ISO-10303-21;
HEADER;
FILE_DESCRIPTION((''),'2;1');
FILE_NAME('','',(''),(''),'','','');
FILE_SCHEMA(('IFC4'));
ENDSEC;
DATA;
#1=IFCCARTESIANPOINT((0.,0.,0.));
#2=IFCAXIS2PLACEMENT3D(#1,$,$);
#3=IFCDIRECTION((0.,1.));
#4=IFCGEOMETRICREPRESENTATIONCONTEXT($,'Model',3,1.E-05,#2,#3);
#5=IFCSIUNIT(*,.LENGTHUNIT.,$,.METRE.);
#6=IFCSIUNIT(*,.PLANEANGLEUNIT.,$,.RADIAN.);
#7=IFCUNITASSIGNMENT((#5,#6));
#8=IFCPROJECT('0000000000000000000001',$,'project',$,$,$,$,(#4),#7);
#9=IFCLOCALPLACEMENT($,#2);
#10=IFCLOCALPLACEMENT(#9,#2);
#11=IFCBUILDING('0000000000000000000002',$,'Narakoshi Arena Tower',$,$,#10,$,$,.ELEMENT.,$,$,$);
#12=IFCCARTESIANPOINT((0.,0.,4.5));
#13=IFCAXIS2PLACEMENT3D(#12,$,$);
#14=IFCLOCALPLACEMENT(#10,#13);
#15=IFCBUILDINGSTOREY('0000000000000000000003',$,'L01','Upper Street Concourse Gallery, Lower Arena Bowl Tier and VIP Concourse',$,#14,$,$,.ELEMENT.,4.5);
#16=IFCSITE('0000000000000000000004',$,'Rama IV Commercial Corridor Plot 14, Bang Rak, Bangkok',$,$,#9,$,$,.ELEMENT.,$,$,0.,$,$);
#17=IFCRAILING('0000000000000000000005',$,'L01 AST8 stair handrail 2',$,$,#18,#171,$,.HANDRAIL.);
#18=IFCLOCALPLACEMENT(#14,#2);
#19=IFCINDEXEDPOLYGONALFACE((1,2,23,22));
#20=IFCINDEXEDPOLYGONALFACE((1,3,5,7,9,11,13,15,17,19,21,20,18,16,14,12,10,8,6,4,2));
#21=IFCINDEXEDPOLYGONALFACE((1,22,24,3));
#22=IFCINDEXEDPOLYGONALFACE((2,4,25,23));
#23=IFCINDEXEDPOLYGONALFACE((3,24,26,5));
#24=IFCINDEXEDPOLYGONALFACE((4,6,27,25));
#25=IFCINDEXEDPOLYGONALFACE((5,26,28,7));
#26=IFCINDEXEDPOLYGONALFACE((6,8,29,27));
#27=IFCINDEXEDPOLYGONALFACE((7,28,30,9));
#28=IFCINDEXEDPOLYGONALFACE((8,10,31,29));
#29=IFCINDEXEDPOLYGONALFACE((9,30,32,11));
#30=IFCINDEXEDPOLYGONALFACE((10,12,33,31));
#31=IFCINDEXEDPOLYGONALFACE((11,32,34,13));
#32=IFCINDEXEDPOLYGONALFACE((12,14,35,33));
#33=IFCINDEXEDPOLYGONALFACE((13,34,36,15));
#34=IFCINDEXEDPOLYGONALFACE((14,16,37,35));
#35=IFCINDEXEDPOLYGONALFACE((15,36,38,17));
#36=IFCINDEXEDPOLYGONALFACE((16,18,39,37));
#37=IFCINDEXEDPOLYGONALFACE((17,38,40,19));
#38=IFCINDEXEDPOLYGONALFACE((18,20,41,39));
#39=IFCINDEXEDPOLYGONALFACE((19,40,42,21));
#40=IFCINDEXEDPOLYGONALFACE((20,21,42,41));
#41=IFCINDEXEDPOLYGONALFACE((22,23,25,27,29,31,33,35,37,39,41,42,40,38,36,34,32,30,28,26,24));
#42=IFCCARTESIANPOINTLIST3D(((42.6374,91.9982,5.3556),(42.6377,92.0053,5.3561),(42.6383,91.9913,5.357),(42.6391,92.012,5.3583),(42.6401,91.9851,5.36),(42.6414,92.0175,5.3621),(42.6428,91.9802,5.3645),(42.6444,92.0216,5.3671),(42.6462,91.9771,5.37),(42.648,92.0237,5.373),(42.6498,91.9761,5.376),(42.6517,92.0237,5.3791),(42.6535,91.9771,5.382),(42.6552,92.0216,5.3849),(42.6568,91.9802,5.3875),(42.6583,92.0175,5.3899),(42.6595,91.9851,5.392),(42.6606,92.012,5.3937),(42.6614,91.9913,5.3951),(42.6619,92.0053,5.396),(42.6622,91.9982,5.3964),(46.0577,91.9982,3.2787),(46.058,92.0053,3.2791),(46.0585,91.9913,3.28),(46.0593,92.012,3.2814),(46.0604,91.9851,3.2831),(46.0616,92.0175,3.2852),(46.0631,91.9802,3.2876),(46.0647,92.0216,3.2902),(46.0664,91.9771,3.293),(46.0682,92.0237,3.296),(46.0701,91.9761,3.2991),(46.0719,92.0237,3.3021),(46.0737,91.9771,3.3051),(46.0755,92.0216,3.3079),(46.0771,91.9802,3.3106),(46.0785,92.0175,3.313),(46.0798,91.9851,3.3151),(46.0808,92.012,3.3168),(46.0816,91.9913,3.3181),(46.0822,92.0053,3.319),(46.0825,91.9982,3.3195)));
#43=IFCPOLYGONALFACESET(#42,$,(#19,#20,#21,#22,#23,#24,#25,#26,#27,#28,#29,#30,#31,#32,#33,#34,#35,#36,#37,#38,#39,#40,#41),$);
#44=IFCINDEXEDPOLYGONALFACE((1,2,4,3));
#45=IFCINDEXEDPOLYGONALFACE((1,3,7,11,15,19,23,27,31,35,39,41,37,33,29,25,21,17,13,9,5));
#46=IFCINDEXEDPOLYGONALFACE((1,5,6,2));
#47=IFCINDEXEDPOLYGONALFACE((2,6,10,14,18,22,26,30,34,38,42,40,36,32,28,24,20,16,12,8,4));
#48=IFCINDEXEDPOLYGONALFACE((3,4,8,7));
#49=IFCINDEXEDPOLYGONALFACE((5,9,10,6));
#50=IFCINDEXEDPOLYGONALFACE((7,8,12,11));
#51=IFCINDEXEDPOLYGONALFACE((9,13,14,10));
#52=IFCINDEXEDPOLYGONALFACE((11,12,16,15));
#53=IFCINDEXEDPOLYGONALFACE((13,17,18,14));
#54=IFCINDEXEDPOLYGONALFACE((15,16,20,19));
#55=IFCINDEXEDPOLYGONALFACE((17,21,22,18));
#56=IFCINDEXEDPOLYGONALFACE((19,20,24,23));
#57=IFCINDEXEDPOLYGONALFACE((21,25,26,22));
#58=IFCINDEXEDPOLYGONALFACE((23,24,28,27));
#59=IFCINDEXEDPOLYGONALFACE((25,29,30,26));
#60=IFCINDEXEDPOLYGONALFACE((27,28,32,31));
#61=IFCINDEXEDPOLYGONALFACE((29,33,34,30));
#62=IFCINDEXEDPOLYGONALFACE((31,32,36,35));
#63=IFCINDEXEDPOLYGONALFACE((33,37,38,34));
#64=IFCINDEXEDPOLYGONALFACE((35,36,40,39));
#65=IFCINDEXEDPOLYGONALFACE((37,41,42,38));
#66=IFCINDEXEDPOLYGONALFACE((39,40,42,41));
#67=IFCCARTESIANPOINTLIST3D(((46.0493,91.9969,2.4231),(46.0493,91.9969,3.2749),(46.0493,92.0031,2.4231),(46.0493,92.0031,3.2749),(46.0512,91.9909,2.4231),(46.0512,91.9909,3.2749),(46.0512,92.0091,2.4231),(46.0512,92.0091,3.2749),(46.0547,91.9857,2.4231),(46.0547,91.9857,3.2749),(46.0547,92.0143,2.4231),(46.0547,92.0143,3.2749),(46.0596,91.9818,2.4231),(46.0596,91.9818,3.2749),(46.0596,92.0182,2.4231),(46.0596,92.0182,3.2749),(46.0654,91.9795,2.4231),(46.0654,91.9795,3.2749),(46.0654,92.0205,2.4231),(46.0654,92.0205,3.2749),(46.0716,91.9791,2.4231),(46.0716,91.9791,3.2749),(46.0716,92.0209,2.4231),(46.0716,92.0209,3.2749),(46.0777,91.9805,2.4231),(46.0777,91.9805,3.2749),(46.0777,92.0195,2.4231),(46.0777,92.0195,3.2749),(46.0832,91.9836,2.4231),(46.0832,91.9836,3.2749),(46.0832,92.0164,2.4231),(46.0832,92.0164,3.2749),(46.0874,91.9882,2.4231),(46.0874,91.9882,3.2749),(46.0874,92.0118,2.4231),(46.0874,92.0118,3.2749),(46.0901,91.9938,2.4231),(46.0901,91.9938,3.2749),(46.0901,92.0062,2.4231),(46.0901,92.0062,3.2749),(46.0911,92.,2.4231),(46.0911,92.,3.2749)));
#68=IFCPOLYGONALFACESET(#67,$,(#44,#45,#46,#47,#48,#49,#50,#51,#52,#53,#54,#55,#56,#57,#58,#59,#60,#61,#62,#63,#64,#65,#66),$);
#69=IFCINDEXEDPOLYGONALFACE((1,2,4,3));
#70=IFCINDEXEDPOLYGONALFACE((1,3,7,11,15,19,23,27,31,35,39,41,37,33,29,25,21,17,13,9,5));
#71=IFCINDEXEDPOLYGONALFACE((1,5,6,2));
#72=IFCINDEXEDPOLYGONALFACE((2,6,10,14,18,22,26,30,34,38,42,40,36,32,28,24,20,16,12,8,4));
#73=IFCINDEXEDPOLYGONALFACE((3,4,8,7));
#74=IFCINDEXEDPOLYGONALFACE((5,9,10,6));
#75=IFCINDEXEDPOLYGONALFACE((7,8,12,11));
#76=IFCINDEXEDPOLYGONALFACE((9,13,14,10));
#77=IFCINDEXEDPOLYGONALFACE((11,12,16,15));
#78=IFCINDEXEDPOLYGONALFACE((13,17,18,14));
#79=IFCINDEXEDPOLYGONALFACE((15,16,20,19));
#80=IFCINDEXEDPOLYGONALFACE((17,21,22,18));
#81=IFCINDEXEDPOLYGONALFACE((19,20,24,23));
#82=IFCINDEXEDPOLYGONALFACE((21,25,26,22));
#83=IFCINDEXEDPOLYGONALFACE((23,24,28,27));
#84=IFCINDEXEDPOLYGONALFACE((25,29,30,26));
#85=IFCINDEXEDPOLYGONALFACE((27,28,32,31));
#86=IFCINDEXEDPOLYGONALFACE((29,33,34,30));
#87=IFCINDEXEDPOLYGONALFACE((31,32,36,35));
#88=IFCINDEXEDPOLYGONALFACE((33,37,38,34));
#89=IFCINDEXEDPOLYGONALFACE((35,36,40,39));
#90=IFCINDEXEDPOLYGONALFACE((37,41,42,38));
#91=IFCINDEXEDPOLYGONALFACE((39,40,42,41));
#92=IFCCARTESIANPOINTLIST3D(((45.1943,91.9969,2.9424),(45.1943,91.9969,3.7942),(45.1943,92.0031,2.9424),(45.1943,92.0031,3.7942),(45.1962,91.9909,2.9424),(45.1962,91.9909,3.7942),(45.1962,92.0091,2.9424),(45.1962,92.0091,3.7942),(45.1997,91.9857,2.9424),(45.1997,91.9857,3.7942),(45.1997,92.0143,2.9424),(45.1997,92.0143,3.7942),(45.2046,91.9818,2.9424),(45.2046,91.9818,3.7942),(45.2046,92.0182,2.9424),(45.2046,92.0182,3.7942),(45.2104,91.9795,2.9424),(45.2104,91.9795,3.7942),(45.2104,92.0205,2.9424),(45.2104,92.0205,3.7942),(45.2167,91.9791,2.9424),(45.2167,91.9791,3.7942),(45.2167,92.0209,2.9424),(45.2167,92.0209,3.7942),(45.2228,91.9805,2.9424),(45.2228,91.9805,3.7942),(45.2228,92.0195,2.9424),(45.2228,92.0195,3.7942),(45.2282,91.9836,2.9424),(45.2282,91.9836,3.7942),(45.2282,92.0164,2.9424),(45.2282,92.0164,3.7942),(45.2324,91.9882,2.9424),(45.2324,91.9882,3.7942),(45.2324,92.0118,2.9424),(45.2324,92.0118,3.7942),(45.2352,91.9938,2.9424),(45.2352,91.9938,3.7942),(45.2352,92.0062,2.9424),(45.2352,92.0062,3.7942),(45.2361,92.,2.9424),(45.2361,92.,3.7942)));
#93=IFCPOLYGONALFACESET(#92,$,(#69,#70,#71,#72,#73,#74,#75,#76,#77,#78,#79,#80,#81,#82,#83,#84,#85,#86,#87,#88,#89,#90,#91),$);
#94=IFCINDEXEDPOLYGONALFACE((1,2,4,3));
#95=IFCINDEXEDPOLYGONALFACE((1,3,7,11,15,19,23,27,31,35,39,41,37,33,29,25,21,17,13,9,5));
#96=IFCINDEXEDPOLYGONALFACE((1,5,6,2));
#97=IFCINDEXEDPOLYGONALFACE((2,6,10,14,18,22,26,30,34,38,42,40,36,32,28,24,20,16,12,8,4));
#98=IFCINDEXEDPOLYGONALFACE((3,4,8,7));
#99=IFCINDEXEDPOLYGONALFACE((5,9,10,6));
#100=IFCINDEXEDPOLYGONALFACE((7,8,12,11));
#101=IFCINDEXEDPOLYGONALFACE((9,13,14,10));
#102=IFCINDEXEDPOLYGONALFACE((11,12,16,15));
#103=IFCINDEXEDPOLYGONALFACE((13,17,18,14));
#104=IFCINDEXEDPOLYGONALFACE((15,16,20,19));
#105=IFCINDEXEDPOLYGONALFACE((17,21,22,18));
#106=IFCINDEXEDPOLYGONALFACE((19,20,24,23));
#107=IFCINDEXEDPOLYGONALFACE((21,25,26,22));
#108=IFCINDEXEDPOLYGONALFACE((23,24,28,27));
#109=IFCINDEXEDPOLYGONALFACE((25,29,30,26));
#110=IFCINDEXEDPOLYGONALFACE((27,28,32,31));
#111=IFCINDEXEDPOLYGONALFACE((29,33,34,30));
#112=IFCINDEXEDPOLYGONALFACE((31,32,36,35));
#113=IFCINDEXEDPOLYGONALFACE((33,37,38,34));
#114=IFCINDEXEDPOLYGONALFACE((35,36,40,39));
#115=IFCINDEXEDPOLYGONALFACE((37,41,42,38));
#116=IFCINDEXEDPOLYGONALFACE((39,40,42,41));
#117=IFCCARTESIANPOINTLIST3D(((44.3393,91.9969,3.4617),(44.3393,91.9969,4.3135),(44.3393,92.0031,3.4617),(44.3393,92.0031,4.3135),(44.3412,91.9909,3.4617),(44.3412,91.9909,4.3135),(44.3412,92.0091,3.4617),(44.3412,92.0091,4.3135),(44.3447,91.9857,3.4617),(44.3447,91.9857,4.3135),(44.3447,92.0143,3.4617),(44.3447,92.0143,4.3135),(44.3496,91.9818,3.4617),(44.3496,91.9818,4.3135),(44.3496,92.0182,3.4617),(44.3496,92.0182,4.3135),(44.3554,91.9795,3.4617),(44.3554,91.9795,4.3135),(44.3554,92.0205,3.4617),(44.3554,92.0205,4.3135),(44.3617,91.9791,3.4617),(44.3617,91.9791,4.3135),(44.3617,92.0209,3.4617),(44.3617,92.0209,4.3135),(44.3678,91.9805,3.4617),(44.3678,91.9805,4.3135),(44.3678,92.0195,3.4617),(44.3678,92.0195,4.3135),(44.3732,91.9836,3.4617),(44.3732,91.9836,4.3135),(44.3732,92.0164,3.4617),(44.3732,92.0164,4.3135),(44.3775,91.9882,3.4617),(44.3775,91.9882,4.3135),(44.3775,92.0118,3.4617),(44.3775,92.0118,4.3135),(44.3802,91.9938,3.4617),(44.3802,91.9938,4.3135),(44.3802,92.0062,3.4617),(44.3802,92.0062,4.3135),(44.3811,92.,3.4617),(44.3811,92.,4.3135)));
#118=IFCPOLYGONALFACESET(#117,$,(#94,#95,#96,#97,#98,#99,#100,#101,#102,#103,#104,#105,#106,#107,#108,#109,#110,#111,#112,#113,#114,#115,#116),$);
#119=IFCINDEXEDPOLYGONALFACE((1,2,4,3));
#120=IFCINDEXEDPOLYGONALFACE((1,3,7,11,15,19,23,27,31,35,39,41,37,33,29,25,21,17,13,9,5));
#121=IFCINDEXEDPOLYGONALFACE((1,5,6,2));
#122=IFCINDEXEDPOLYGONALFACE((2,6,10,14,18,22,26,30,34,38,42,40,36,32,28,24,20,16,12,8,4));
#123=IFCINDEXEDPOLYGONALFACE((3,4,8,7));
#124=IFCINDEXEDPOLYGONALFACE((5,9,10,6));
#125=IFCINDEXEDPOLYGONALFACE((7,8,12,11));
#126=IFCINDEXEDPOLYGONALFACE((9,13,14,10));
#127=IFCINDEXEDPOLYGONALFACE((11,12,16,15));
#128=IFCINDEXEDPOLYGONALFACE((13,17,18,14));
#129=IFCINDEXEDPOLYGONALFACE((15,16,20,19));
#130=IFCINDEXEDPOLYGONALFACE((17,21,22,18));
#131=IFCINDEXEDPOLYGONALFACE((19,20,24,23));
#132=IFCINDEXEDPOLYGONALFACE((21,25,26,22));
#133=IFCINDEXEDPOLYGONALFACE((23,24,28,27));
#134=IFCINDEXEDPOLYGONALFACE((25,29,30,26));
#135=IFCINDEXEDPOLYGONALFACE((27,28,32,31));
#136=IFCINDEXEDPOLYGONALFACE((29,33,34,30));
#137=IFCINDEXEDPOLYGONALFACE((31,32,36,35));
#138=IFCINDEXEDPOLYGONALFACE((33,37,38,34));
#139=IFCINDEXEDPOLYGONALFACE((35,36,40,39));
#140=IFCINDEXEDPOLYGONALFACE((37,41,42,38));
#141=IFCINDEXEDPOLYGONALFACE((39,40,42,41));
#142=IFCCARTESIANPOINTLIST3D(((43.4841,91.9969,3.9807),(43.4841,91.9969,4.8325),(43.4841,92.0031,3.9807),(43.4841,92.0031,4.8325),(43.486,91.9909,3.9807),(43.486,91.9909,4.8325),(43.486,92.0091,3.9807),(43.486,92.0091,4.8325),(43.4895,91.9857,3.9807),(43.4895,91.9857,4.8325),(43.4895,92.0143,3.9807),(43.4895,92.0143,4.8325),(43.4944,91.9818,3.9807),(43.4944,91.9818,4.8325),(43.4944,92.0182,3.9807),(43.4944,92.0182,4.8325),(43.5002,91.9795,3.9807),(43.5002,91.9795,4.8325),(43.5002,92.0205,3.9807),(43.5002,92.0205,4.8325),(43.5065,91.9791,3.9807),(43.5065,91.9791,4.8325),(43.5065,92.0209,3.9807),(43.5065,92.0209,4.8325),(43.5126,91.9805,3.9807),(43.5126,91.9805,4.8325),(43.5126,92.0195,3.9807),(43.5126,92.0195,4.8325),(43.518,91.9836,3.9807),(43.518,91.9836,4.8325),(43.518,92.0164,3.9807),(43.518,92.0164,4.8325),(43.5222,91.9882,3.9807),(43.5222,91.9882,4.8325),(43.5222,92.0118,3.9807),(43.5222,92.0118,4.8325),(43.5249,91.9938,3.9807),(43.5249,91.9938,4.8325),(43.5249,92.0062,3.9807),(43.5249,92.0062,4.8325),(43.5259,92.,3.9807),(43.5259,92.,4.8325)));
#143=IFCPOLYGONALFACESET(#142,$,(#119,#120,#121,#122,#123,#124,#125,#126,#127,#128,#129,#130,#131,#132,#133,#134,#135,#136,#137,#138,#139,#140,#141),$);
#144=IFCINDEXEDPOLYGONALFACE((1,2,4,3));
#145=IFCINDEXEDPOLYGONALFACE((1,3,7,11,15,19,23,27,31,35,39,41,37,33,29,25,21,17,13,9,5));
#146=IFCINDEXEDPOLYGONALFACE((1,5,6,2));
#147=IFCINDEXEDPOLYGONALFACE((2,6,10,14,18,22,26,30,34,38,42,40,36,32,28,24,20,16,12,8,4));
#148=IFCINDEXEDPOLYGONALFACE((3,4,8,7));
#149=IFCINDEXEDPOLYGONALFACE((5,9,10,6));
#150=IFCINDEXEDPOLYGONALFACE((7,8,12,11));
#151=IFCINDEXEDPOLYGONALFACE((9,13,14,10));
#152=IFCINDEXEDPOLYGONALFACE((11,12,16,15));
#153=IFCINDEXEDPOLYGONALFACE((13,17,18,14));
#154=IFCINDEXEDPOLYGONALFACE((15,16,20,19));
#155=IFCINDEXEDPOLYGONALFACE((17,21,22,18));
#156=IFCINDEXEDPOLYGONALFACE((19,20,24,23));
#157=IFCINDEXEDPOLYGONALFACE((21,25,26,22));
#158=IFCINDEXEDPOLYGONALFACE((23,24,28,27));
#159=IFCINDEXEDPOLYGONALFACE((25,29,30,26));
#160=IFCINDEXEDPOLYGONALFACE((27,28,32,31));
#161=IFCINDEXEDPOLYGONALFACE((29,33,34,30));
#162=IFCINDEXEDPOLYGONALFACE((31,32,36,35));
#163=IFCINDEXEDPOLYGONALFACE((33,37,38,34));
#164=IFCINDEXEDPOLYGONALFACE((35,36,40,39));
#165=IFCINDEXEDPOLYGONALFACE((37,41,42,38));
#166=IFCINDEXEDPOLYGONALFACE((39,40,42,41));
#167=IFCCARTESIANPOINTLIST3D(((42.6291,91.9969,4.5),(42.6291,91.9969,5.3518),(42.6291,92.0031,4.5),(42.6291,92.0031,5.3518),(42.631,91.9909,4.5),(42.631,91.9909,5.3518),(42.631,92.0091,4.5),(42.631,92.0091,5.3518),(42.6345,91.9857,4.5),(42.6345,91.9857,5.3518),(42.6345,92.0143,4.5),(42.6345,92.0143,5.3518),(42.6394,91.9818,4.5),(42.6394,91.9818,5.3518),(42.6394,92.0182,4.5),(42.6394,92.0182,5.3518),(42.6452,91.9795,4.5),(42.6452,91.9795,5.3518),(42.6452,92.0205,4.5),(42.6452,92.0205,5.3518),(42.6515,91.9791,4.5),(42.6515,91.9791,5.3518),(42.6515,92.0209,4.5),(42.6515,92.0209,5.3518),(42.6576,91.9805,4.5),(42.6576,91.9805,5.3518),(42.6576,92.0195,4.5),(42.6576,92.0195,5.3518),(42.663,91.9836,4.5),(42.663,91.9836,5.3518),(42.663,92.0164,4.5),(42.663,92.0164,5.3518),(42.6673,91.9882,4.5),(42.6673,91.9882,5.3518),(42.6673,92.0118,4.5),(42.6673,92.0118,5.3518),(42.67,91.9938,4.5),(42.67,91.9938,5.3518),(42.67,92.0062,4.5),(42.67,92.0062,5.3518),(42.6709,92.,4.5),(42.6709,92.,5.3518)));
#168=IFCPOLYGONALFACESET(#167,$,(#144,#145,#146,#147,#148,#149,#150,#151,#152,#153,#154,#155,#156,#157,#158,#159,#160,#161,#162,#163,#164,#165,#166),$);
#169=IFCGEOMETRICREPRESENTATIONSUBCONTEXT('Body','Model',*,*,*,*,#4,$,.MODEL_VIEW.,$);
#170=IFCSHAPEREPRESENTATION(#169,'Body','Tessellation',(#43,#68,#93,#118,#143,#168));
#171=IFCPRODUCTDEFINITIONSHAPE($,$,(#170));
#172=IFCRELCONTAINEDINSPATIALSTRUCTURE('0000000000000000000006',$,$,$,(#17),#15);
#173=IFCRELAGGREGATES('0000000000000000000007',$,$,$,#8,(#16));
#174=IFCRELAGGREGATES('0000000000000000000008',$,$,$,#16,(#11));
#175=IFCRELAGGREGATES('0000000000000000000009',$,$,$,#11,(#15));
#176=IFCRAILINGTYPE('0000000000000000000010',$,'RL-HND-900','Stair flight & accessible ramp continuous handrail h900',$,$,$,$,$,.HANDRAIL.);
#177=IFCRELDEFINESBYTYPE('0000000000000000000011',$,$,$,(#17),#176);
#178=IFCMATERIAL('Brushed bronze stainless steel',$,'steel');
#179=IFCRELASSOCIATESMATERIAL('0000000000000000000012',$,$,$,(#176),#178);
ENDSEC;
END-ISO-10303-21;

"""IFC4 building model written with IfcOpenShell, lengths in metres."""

from ifc_helpers import new_model, si_unit, direction, frame, origin, origin_2d, place, context, subcontext, project, spatial, circle, extrude, material, type_object, element, save


model = new_model("IFC4")

# Units and contexts
model_context = context("Model", 3, precision=1e-05, world=origin(), true_north=direction((0.0, 1.0)))
body_context = subcontext(model_context, "Body", "Model", "MODEL_VIEW")
ifc_project = project(units=[si_unit("LENGTHUNIT", "METRE"), si_unit("PLANEANGLEUNIT", "RADIAN")], contexts=[model_context])

# Site, building, storey
site_placement = place(None, origin())
site = spatial("IfcSite", under=ifc_project, at=site_placement, Name="Rama IV Commercial Corridor Plot 14, Bang Rak, Bangkok", CompositionType="ELEMENT", RefElevation=0.0)
building_placement = place(site_placement, origin())
building = spatial("IfcBuilding", under=site, at=building_placement, Name="Narakoshi Arena Tower", CompositionType="ELEMENT")
storey_placement = place(building_placement, frame((0.0, 0.0, 4.5)))
storey = spatial("IfcBuildingStorey", under=building, at=storey_placement, Name="L01", Description="Upper Street Concourse Gallery, Lower Arena Bowl Tier and VIP Concourse", CompositionType="ELEMENT", Elevation=4.5)

# Railing
ifc_material_1 = material(Name="Brushed bronze stainless steel", Category="steel")
railing_type_1 = type_object("IfcRailingType", Name="RL-HND-900", Description="Stair flight & accessible ramp continuous handrail h900", PredefinedType="HANDRAIL", material=ifc_material_1)
railing_1_placement = place(storey_placement, frame((46.0701, 92.0, 2.4231)))
element("IfcRailing", 1, at=railing_1_placement, inside=storey, type_object=railing_type_1, Name="L01 AST8 stair handrail 2", PredefinedType="HANDRAIL", context=body_context, shape_type="SweptSolid", body=[
    extrude(circle(Radius=0.0239, at=origin_2d()), frame((0.0, 0.0, 0.876), z_axis=(-0.854746, 0.0, 0.519047), x_axis=(0.0, -1.0, 0.0)), (0.0, 0.0, 1.0), 4.0015),
    extrude(circle(Radius=0.021, at=origin_2d()), origin(), (0.0, 0.0, 1.0), 0.8518),
    extrude(circle(Radius=0.021, at=origin_2d()), frame((-0.855, 0.0, 0.5193)), (0.0, 0.0, 1.0), 0.8518),
    extrude(circle(Radius=0.021, at=origin_2d()), frame((-1.71, 0.0, 1.0386)), (0.0, 0.0, 1.0), 0.8518),
    extrude(circle(Radius=0.021, at=origin_2d()), frame((-2.5652, 0.0, 1.5576)), (0.0, 0.0, 1.0), 0.8518),
    extrude(circle(Radius=0.021, at=origin_2d()), frame((-3.4202, 0.0, 2.0769)), (0.0, 0.0, 1.0), 0.8518),
])

save(model, "model.ifc")
